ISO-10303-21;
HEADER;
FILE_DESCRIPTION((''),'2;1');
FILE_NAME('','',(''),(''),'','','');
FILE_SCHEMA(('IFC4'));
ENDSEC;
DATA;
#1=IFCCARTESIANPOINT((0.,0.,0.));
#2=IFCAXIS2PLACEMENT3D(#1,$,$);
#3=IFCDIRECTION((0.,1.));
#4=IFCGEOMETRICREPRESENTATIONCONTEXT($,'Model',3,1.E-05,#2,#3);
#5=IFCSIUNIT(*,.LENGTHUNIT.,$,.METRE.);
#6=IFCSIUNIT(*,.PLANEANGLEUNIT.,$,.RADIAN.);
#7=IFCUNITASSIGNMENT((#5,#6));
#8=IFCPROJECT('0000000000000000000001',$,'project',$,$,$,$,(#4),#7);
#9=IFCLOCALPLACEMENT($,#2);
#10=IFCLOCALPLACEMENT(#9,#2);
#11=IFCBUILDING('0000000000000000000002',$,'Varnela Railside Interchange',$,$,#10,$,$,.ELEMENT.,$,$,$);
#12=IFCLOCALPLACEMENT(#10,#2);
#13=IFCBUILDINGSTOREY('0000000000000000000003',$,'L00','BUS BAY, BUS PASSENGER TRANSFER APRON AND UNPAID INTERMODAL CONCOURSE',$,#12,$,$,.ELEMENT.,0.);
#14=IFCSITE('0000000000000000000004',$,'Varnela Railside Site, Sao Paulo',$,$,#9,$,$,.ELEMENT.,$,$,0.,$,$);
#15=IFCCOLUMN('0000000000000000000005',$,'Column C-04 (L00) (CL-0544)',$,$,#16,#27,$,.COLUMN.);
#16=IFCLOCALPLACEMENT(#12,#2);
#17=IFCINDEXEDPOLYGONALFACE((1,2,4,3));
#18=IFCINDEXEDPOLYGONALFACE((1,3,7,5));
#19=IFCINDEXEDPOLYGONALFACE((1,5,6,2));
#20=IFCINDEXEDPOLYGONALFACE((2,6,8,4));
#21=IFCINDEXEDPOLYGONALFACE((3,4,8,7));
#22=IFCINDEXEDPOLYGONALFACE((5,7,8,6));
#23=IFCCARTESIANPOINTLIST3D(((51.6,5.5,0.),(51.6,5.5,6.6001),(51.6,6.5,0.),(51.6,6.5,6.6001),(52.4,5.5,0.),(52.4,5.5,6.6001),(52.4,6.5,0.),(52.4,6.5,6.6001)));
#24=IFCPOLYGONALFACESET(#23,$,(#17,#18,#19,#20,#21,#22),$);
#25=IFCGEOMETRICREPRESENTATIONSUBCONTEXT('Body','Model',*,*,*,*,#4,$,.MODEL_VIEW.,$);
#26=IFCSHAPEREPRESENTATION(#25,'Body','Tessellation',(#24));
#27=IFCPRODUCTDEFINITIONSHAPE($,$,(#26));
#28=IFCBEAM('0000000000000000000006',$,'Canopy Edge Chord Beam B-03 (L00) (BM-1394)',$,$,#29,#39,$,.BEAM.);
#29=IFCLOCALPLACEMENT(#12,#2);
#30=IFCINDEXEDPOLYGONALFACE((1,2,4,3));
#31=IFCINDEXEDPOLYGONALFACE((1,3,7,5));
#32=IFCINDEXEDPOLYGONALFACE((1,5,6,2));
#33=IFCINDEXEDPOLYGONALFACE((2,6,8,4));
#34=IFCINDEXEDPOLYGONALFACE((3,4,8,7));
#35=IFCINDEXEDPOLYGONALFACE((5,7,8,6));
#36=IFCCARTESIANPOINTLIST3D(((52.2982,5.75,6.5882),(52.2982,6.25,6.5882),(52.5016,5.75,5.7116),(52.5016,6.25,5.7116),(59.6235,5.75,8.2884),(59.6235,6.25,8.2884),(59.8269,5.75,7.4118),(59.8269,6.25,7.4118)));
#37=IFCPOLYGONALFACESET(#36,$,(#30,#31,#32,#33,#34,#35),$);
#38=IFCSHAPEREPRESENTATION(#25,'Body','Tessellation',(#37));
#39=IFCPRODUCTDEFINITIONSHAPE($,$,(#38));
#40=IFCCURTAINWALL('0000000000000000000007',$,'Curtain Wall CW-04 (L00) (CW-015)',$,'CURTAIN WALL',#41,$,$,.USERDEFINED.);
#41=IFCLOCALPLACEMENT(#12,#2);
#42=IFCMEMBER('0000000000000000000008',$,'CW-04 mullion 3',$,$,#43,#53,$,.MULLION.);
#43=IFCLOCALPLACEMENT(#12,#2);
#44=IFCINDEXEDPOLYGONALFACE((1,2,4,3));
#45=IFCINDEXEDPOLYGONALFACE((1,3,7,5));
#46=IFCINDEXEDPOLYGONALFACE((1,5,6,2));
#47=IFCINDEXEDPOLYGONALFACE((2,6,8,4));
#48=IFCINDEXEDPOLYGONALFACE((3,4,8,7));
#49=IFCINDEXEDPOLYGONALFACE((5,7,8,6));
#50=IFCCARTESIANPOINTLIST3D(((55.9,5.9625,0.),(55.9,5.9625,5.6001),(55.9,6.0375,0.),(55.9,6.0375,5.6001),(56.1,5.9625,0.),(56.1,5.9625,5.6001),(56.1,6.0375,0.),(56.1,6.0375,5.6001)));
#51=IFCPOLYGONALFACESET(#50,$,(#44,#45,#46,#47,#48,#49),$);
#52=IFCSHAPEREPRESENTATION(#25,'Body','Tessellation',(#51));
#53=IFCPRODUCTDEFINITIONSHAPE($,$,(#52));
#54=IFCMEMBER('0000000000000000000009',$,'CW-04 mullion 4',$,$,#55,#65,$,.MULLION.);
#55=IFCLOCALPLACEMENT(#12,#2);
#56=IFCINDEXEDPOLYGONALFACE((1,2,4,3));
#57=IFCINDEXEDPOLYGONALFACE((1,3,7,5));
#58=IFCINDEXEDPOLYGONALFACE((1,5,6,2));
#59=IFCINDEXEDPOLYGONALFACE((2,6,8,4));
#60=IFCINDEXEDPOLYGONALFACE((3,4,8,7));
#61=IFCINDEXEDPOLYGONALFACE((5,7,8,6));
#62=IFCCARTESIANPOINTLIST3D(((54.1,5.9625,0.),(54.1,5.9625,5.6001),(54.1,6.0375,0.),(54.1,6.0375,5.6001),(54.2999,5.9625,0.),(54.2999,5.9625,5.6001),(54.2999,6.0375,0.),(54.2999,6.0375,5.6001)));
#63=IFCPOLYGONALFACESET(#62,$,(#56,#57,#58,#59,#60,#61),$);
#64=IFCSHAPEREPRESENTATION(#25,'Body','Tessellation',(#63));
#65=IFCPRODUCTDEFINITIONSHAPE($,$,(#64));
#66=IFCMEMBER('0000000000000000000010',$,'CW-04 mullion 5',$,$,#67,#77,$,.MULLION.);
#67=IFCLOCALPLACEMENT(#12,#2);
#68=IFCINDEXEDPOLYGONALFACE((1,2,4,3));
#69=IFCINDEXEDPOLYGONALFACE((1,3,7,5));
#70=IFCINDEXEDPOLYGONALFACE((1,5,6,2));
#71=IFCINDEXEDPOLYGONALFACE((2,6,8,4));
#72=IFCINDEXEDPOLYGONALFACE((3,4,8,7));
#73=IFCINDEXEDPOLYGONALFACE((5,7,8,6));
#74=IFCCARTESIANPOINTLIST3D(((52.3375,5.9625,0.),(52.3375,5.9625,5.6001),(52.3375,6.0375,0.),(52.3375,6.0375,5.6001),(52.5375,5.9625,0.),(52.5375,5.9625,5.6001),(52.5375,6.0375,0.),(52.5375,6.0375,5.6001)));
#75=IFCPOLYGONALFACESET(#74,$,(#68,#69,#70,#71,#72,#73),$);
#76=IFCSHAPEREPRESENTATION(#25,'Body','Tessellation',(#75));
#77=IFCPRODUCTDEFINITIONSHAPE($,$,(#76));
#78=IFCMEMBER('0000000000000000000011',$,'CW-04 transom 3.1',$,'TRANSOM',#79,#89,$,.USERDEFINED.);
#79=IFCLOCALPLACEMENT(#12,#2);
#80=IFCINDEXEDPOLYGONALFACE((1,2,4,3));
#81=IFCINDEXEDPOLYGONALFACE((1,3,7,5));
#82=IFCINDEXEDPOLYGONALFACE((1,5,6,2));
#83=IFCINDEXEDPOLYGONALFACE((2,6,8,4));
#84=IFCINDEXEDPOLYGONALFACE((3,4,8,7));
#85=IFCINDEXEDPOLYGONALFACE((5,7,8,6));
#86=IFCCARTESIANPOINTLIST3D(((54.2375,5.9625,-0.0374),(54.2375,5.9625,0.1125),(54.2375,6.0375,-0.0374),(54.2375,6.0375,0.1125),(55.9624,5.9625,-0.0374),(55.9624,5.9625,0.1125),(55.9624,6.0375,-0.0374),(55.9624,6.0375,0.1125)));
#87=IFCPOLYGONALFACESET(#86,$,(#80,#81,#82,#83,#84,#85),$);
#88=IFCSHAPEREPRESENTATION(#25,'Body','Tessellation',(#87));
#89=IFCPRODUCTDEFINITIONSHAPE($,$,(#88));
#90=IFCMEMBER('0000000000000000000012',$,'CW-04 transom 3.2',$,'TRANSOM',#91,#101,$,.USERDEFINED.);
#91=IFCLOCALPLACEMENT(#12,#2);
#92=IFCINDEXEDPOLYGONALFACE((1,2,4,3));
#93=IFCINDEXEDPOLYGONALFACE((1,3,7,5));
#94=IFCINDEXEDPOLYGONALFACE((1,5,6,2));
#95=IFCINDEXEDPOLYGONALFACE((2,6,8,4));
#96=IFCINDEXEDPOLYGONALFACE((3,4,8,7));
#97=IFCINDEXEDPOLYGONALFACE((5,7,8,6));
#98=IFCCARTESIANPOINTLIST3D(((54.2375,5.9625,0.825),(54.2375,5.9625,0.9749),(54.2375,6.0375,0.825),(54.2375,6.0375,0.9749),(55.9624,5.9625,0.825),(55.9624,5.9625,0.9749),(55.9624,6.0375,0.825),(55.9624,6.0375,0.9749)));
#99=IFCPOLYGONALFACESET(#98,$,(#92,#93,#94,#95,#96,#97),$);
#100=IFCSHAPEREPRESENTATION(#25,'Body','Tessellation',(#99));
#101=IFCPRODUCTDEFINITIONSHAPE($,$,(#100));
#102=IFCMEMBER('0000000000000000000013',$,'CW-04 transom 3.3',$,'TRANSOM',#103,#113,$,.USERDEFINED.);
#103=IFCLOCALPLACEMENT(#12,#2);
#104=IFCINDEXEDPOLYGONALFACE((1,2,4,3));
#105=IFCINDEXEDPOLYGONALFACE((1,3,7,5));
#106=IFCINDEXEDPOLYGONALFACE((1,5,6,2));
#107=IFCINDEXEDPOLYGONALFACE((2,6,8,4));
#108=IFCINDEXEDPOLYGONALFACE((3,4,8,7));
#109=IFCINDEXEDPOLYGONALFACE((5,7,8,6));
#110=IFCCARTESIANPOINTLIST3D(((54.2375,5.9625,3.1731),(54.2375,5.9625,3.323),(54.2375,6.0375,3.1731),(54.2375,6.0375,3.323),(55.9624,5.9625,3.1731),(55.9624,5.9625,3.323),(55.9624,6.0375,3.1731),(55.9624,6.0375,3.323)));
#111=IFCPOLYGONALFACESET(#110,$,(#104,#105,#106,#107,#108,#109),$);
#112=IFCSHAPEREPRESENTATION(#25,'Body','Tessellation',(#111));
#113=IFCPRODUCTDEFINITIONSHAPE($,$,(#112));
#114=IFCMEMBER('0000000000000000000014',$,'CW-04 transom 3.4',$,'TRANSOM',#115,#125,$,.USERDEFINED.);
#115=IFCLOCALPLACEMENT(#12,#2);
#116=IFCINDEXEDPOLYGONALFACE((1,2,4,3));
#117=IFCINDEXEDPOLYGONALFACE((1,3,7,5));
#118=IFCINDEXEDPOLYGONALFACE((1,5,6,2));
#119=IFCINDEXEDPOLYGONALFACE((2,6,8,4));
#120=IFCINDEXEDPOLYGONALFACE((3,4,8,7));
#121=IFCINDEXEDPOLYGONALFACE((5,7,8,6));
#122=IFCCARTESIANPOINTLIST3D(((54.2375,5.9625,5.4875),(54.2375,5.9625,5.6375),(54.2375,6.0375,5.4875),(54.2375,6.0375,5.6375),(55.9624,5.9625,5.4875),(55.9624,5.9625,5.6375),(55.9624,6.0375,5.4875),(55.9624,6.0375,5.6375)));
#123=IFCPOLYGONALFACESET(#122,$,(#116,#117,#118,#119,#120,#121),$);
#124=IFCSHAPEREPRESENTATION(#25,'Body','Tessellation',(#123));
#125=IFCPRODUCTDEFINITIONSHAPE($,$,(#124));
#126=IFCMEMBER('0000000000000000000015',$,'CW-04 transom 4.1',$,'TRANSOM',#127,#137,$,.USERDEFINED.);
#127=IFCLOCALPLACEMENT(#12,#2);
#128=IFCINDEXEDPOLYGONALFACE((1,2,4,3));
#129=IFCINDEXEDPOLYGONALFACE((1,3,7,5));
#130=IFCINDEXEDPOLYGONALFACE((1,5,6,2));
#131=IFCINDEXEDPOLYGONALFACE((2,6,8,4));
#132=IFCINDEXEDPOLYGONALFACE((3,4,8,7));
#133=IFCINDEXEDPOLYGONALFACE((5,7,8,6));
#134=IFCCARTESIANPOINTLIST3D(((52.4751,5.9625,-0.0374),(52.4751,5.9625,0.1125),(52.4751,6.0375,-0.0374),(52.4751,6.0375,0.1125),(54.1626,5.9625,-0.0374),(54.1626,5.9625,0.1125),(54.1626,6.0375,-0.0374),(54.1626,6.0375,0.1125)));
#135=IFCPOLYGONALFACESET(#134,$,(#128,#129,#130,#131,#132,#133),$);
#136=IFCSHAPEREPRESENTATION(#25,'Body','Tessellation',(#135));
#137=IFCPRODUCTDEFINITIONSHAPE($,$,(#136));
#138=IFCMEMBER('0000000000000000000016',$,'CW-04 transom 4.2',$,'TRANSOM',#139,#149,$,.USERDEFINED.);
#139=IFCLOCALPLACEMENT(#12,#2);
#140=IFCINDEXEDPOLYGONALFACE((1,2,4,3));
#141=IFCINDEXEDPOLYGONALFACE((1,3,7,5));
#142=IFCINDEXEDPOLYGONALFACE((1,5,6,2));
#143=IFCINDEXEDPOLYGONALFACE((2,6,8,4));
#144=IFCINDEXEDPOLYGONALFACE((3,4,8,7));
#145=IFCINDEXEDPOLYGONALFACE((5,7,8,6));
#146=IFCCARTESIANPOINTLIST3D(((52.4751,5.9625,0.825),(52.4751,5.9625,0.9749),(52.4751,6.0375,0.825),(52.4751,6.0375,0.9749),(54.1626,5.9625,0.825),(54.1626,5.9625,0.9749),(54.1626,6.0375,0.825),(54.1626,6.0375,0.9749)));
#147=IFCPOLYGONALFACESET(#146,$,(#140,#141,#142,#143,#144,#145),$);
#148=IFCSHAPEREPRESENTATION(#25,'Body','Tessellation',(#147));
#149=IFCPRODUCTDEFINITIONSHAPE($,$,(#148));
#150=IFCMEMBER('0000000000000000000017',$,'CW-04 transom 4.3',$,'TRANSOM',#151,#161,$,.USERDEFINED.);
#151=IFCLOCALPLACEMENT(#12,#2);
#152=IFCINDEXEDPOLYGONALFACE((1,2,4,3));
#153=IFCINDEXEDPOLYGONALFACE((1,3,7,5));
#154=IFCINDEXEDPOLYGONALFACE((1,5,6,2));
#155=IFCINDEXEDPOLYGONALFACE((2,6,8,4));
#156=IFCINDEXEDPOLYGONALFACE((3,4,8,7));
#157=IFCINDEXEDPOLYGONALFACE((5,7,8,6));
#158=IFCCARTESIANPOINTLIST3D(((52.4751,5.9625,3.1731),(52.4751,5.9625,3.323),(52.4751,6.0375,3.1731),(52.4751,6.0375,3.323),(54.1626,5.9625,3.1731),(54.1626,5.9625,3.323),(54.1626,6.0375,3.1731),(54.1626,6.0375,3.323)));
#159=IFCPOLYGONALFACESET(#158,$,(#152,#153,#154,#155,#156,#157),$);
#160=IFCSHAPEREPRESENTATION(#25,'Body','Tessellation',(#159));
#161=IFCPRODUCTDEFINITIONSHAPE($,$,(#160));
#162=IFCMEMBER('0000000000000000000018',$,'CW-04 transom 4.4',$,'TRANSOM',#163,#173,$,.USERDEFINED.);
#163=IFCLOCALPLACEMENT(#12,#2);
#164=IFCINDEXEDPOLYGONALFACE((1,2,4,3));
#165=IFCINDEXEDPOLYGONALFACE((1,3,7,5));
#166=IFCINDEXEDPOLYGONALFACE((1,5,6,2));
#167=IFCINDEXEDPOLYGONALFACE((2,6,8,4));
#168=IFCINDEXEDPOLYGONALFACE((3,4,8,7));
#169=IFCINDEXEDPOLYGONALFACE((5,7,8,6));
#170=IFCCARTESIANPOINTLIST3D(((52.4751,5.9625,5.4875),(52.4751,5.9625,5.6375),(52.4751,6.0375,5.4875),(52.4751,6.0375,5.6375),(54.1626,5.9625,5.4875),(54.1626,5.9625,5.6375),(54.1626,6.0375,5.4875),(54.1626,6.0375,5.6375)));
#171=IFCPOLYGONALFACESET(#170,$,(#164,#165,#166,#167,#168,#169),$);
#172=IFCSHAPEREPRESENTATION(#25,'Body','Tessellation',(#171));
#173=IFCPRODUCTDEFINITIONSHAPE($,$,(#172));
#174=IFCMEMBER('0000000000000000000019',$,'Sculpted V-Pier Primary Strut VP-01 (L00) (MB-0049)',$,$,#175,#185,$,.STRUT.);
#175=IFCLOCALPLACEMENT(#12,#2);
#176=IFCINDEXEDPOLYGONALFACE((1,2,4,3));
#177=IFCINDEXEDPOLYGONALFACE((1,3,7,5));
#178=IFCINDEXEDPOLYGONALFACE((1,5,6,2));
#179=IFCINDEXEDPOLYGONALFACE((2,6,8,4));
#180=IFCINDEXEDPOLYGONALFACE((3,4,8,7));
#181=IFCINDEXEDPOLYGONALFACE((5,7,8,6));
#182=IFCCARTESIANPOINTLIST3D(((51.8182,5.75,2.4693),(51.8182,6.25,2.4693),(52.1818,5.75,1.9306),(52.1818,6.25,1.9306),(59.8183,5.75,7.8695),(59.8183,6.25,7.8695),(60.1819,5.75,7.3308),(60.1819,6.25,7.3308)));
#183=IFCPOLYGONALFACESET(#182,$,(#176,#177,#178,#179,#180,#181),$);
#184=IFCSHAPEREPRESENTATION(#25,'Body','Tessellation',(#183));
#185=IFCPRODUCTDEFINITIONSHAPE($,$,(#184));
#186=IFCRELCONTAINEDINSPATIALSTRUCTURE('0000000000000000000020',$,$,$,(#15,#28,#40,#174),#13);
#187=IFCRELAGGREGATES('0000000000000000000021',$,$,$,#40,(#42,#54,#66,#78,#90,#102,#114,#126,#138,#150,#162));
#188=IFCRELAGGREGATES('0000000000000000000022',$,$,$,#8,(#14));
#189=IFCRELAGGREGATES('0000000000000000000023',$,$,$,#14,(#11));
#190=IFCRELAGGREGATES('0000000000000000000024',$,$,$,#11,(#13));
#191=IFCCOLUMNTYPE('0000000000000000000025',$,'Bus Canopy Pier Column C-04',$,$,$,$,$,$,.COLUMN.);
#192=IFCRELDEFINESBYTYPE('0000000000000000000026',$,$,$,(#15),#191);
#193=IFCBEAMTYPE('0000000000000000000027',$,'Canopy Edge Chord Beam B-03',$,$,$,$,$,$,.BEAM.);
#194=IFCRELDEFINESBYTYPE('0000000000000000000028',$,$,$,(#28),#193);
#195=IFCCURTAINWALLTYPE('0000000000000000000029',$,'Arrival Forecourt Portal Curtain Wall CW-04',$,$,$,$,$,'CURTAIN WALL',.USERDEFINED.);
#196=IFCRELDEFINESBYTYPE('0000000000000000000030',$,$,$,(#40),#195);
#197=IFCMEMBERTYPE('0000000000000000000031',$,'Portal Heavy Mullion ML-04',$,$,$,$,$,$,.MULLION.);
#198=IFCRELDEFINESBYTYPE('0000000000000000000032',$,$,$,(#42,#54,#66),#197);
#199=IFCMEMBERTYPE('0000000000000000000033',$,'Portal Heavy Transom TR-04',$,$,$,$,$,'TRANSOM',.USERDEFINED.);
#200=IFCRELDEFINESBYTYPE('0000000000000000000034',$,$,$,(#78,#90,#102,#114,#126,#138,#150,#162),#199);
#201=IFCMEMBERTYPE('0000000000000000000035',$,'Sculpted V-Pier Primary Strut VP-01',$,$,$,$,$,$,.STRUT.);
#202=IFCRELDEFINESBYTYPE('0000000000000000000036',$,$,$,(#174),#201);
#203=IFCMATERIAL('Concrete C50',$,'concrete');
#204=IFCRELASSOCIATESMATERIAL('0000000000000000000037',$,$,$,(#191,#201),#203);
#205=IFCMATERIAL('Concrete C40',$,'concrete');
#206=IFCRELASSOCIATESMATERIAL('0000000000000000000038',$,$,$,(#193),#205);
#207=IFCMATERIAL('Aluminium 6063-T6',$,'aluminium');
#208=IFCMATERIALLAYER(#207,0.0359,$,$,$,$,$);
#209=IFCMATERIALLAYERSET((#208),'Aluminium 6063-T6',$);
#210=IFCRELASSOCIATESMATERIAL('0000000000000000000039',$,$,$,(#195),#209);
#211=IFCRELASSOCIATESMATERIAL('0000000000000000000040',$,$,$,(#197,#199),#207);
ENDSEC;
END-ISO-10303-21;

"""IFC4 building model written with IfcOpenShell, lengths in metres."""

from ifc_helpers import new_model, si_unit, direction, frame, origin, origin_2d, place, context, subcontext, project, spatial, rectangle, extrude, material, layer, layer_set, material_profile, profile_set, type_object, element, aggregate, save


model = new_model("IFC4")

# Units and contexts
model_context = context("Model", 3, precision=1e-05, world=origin(), true_north=direction((0.0, 1.0)))
body_context = subcontext(model_context, "Body", "Model", "MODEL_VIEW")
ifc_project = project(units=[si_unit("LENGTHUNIT", "METRE"), si_unit("PLANEANGLEUNIT", "RADIAN")], contexts=[model_context])

# Site, building, storey
site_placement = place(None, origin())
site = spatial("IfcSite", under=ifc_project, at=site_placement, Name="Varnela Railside Site, Sao Paulo", CompositionType="ELEMENT", RefElevation=0.0)
building_placement = place(site_placement, origin())
building = spatial("IfcBuilding", under=site, at=building_placement, Name="Varnela Railside Interchange", CompositionType="ELEMENT")
storey_placement = place(building_placement, origin())
storey = spatial("IfcBuildingStorey", under=building, at=storey_placement, Name="L00", Description="BUS BAY, BUS PASSENGER TRANSFER APRON AND UNPAID INTERMODAL CONCOURSE", CompositionType="ELEMENT", Elevation=0.0)

# Column
ifc_material_1 = material(Name="Concrete C50", Category="concrete")
ifc_material_profile_1 = material_profile(ifc_material_1, rectangle(XDim=0.8, YDim=1.0, at=origin_2d()), Name="RC 800x1000")
ifc_profile_set_1 = profile_set([ifc_material_profile_1], Name="Concrete C50")
column_type = type_object("IfcColumnType", Name="Bus Canopy Pier Column C-04", PredefinedType="COLUMN", material=ifc_profile_set_1)
column_placement = place(storey_placement, frame((52.0, 6.0, 0.0), z_axis=(0.0, 0.0, 1.0), x_axis=(1.0, 0.0, 0.0)))
element("IfcColumn", 1, at=column_placement, inside=storey, type_object=column_type, Name="Column C-04 (L00) (CL-0544)", PredefinedType="COLUMN", context=body_context, shape_type="SweptSolid", body=[
    extrude(rectangle(XDim=0.8, YDim=1.0, at=origin_2d()), origin(), (0.0, 0.0, 1.0), 6.6001),
])

# Beam
ifc_material_2 = material(Name="Concrete C40", Category="concrete")
ifc_material_profile_2 = material_profile(ifc_material_2, rectangle(XDim=0.5, YDim=0.8999, at=origin_2d()), Name="RC 500x900")
ifc_profile_set_2 = profile_set([ifc_material_profile_2], Name="Concrete C40")
beam_type = type_object("IfcBeamType", Name="Canopy Edge Chord Beam B-03", PredefinedType="BEAM", material=ifc_profile_set_2)
beam_placement = place(storey_placement, frame((52.3999, 6.0, 6.1499), z_axis=(0.974106, 0.0, 0.226092), x_axis=(0.0, 1.0, 0.0)))
element("IfcBeam", 2, at=beam_placement, inside=storey, type_object=beam_type, Name="Canopy Edge Chord Beam B-03 (L00) (BM-1394)", PredefinedType="BEAM", context=body_context, shape_type="SweptSolid", body=[
    extrude(rectangle(XDim=0.5, YDim=0.8999, at=origin_2d()), origin(), (0.0, 0.0, 1.0), 7.52),
])

# Curtain wall, members
ifc_material_3 = material(Name="Aluminium 6063-T6", Category="aluminium")
ifc_layer_1 = layer(ifc_material_3, 0.0359)
ifc_layer_set_1 = layer_set([ifc_layer_1], Name="Aluminium 6063-T6")
curtain_wall_type = type_object("IfcCurtainWallType", Name="Arrival Forecourt Portal Curtain Wall CW-04", ElementType="CURTAIN WALL", PredefinedType="USERDEFINED", material=ifc_layer_set_1)
curtain_wall_placement = place(storey_placement, origin())
curtain_wall = element("IfcCurtainWall", 3, at=curtain_wall_placement, inside=storey, type_object=curtain_wall_type, Name="Curtain Wall CW-04 (L00) (CW-015)", ObjectType="CURTAIN WALL", PredefinedType="USERDEFINED")
ifc_material_profile_3 = material_profile(ifc_material_3, rectangle(XDim=0.075, YDim=0.2, at=origin_2d()), Name="ALU 75x200")
ifc_profile_set_3 = profile_set([ifc_material_profile_3], Name="Aluminium 6063-T6")
member_type_1 = type_object("IfcMemberType", Name="Portal Heavy Mullion ML-04", PredefinedType="MULLION", material=ifc_profile_set_3)
member_1_placement = place(storey_placement, frame((56.0, 6.0, 0.0), z_axis=(0.0, 0.0, 1.0), x_axis=(0.0, -1.0, 0.0)))
member_1 = element("IfcMember", 4, at=member_1_placement, type_object=member_type_1, Name="CW-04 mullion 3", PredefinedType="MULLION", context=body_context, shape_type="SweptSolid", body=[
    extrude(rectangle(XDim=0.075, YDim=0.2, at=origin_2d()), origin(), (0.0, 0.0, 1.0), 5.6001),
])
member_2_placement = place(storey_placement, frame((54.2, 6.0, 0.0), z_axis=(0.0, 0.0, 1.0), x_axis=(0.0, -1.0, 0.0)))
member_2 = element("IfcMember", 5, at=member_2_placement, type_object=member_type_1, Name="CW-04 mullion 4", PredefinedType="MULLION", context=body_context, shape_type="SweptSolid", body=[
    extrude(rectangle(XDim=0.075, YDim=0.2, at=origin_2d()), origin(), (0.0, 0.0, 1.0), 5.6001),
])
member_3_placement = place(storey_placement, frame((52.4375, 6.0, 0.0), z_axis=(0.0, 0.0, 1.0), x_axis=(0.0, -1.0, 0.0)))
member_3 = element("IfcMember", 6, at=member_3_placement, type_object=member_type_1, Name="CW-04 mullion 5", PredefinedType="MULLION", context=body_context, shape_type="SweptSolid", body=[
    extrude(rectangle(XDim=0.075, YDim=0.2, at=origin_2d()), origin(), (0.0, 0.0, 1.0), 5.6001),
])
ifc_material_profile_4 = material_profile(ifc_material_3, rectangle(XDim=0.075, YDim=0.1499, at=origin_2d()), Name="ALU 75x150")
ifc_profile_set_4 = profile_set([ifc_material_profile_4], Name="Aluminium 6063-T6")
member_type_2 = type_object("IfcMemberType", Name="Portal Heavy Transom TR-04", ElementType="TRANSOM", PredefinedType="USERDEFINED", material=ifc_profile_set_4)
member_4_placement = place(storey_placement, frame((55.9624, 6.0, 0.0376), z_axis=(-1.0, 0.0, 0.0), x_axis=(0.0, -1.0, 0.0)))
member_4 = element("IfcMember", 7, at=member_4_placement, type_object=member_type_2, Name="CW-04 transom 3.1", ObjectType="TRANSOM", PredefinedType="USERDEFINED", context=body_context, shape_type="SweptSolid", body=[
    extrude(rectangle(XDim=0.075, YDim=0.1499, at=origin_2d()), origin(), (0.0, 0.0, 1.0), 1.7249),
])
member_5_placement = place(storey_placement, frame((55.9624, 6.0, 0.8999), z_axis=(-1.0, 0.0, 0.0), x_axis=(0.0, -1.0, 0.0)))
member_5 = element("IfcMember", 8, at=member_5_placement, type_object=member_type_2, Name="CW-04 transom 3.2", ObjectType="TRANSOM", PredefinedType="USERDEFINED", context=body_context, shape_type="SweptSolid", body=[
    extrude(rectangle(XDim=0.075, YDim=0.1499, at=origin_2d()), origin(), (0.0, 0.0, 1.0), 1.7249),
])
member_6_placement = place(storey_placement, frame((55.9624, 6.0, 3.248), z_axis=(-1.0, 0.0, 0.0), x_axis=(0.0, -1.0, 0.0)))
member_6 = element("IfcMember", 9, at=member_6_placement, type_object=member_type_2, Name="CW-04 transom 3.3", ObjectType="TRANSOM", PredefinedType="USERDEFINED", context=body_context, shape_type="SweptSolid", body=[
    extrude(rectangle(XDim=0.075, YDim=0.1499, at=origin_2d()), origin(), (0.0, 0.0, 1.0), 1.7249),
])
member_7_placement = place(storey_placement, frame((55.9624, 6.0, 5.5625), z_axis=(-1.0, 0.0, 0.0), x_axis=(0.0, -1.0, 0.0)))
member_7 = element("IfcMember", 10, at=member_7_placement, type_object=member_type_2, Name="CW-04 transom 3.4", ObjectType="TRANSOM", PredefinedType="USERDEFINED", context=body_context, shape_type="SweptSolid", body=[
    extrude(rectangle(XDim=0.075, YDim=0.1499, at=origin_2d()), origin(), (0.0, 0.0, 1.0), 1.7249),
])
member_8_placement = place(storey_placement, frame((54.1626, 6.0, 0.0376), z_axis=(-1.0, 0.0, 0.0), x_axis=(0.0, -1.0, 0.0)))
member_8 = element("IfcMember", 11, at=member_8_placement, type_object=member_type_2, Name="CW-04 transom 4.1", ObjectType="TRANSOM", PredefinedType="USERDEFINED", context=body_context, shape_type="SweptSolid", body=[
    extrude(rectangle(XDim=0.075, YDim=0.1499, at=origin_2d()), origin(), (0.0, 0.0, 1.0), 1.6875),
])
member_9_placement = place(storey_placement, frame((54.1626, 6.0, 0.8999), z_axis=(-1.0, 0.0, 0.0), x_axis=(0.0, -1.0, 0.0)))
member_9 = element("IfcMember", 12, at=member_9_placement, type_object=member_type_2, Name="CW-04 transom 4.2", ObjectType="TRANSOM", PredefinedType="USERDEFINED", context=body_context, shape_type="SweptSolid", body=[
    extrude(rectangle(XDim=0.075, YDim=0.1499, at=origin_2d()), origin(), (0.0, 0.0, 1.0), 1.6875),
])
member_10_placement = place(storey_placement, frame((54.1626, 6.0, 3.248), z_axis=(-1.0, 0.0, 0.0), x_axis=(0.0, -1.0, 0.0)))
member_10 = element("IfcMember", 13, at=member_10_placement, type_object=member_type_2, Name="CW-04 transom 4.3", ObjectType="TRANSOM", PredefinedType="USERDEFINED", context=body_context, shape_type="SweptSolid", body=[
    extrude(rectangle(XDim=0.075, YDim=0.1499, at=origin_2d()), origin(), (0.0, 0.0, 1.0), 1.6875),
])
member_11_placement = place(storey_placement, frame((54.1626, 6.0, 5.5625), z_axis=(-1.0, 0.0, 0.0), x_axis=(0.0, -1.0, 0.0)))
member_11 = element("IfcMember", 14, at=member_11_placement, type_object=member_type_2, Name="CW-04 transom 4.4", ObjectType="TRANSOM", PredefinedType="USERDEFINED", context=body_context, shape_type="SweptSolid", body=[
    extrude(rectangle(XDim=0.075, YDim=0.1499, at=origin_2d()), origin(), (0.0, 0.0, 1.0), 1.6875),
])

# Member
ifc_material_profile_5 = material_profile(ifc_material_1, rectangle(XDim=0.5, YDim=0.6499, at=origin_2d()), Name="RC 500x650")
ifc_profile_set_5 = profile_set([ifc_material_profile_5], Name="Concrete C50")
member_type_3 = type_object("IfcMemberType", Name="Sculpted V-Pier Primary Strut VP-01", PredefinedType="STRUT", material=ifc_profile_set_5)
for number, where, z_axis, x_axis, name in (
    (15, (52.0, 6.0, 2.2), (0.828842, 0.0, 0.559483), (0.0, 1.0, 0.0), "Sculpted V-Pier Primary Strut VP-01 (L00) (MB-0049)"),
):
    element("IfcMember", number, at=place(storey_placement, frame(where, z_axis=z_axis, x_axis=x_axis)), inside=storey, type_object=member_type_3, Name=name, PredefinedType="STRUT", context=body_context, shape_type="SweptSolid", body=[
        extrude(rectangle(XDim=0.5, YDim=0.6499, at=origin_2d()), origin(), (0.0, 0.0, 1.0), 9.6521),
    ])

aggregate(curtain_wall, [member_1, member_2, member_3, member_4, member_5, member_6, member_7, member_8, member_9, member_10, member_11])

save(model, "model.ifc")
